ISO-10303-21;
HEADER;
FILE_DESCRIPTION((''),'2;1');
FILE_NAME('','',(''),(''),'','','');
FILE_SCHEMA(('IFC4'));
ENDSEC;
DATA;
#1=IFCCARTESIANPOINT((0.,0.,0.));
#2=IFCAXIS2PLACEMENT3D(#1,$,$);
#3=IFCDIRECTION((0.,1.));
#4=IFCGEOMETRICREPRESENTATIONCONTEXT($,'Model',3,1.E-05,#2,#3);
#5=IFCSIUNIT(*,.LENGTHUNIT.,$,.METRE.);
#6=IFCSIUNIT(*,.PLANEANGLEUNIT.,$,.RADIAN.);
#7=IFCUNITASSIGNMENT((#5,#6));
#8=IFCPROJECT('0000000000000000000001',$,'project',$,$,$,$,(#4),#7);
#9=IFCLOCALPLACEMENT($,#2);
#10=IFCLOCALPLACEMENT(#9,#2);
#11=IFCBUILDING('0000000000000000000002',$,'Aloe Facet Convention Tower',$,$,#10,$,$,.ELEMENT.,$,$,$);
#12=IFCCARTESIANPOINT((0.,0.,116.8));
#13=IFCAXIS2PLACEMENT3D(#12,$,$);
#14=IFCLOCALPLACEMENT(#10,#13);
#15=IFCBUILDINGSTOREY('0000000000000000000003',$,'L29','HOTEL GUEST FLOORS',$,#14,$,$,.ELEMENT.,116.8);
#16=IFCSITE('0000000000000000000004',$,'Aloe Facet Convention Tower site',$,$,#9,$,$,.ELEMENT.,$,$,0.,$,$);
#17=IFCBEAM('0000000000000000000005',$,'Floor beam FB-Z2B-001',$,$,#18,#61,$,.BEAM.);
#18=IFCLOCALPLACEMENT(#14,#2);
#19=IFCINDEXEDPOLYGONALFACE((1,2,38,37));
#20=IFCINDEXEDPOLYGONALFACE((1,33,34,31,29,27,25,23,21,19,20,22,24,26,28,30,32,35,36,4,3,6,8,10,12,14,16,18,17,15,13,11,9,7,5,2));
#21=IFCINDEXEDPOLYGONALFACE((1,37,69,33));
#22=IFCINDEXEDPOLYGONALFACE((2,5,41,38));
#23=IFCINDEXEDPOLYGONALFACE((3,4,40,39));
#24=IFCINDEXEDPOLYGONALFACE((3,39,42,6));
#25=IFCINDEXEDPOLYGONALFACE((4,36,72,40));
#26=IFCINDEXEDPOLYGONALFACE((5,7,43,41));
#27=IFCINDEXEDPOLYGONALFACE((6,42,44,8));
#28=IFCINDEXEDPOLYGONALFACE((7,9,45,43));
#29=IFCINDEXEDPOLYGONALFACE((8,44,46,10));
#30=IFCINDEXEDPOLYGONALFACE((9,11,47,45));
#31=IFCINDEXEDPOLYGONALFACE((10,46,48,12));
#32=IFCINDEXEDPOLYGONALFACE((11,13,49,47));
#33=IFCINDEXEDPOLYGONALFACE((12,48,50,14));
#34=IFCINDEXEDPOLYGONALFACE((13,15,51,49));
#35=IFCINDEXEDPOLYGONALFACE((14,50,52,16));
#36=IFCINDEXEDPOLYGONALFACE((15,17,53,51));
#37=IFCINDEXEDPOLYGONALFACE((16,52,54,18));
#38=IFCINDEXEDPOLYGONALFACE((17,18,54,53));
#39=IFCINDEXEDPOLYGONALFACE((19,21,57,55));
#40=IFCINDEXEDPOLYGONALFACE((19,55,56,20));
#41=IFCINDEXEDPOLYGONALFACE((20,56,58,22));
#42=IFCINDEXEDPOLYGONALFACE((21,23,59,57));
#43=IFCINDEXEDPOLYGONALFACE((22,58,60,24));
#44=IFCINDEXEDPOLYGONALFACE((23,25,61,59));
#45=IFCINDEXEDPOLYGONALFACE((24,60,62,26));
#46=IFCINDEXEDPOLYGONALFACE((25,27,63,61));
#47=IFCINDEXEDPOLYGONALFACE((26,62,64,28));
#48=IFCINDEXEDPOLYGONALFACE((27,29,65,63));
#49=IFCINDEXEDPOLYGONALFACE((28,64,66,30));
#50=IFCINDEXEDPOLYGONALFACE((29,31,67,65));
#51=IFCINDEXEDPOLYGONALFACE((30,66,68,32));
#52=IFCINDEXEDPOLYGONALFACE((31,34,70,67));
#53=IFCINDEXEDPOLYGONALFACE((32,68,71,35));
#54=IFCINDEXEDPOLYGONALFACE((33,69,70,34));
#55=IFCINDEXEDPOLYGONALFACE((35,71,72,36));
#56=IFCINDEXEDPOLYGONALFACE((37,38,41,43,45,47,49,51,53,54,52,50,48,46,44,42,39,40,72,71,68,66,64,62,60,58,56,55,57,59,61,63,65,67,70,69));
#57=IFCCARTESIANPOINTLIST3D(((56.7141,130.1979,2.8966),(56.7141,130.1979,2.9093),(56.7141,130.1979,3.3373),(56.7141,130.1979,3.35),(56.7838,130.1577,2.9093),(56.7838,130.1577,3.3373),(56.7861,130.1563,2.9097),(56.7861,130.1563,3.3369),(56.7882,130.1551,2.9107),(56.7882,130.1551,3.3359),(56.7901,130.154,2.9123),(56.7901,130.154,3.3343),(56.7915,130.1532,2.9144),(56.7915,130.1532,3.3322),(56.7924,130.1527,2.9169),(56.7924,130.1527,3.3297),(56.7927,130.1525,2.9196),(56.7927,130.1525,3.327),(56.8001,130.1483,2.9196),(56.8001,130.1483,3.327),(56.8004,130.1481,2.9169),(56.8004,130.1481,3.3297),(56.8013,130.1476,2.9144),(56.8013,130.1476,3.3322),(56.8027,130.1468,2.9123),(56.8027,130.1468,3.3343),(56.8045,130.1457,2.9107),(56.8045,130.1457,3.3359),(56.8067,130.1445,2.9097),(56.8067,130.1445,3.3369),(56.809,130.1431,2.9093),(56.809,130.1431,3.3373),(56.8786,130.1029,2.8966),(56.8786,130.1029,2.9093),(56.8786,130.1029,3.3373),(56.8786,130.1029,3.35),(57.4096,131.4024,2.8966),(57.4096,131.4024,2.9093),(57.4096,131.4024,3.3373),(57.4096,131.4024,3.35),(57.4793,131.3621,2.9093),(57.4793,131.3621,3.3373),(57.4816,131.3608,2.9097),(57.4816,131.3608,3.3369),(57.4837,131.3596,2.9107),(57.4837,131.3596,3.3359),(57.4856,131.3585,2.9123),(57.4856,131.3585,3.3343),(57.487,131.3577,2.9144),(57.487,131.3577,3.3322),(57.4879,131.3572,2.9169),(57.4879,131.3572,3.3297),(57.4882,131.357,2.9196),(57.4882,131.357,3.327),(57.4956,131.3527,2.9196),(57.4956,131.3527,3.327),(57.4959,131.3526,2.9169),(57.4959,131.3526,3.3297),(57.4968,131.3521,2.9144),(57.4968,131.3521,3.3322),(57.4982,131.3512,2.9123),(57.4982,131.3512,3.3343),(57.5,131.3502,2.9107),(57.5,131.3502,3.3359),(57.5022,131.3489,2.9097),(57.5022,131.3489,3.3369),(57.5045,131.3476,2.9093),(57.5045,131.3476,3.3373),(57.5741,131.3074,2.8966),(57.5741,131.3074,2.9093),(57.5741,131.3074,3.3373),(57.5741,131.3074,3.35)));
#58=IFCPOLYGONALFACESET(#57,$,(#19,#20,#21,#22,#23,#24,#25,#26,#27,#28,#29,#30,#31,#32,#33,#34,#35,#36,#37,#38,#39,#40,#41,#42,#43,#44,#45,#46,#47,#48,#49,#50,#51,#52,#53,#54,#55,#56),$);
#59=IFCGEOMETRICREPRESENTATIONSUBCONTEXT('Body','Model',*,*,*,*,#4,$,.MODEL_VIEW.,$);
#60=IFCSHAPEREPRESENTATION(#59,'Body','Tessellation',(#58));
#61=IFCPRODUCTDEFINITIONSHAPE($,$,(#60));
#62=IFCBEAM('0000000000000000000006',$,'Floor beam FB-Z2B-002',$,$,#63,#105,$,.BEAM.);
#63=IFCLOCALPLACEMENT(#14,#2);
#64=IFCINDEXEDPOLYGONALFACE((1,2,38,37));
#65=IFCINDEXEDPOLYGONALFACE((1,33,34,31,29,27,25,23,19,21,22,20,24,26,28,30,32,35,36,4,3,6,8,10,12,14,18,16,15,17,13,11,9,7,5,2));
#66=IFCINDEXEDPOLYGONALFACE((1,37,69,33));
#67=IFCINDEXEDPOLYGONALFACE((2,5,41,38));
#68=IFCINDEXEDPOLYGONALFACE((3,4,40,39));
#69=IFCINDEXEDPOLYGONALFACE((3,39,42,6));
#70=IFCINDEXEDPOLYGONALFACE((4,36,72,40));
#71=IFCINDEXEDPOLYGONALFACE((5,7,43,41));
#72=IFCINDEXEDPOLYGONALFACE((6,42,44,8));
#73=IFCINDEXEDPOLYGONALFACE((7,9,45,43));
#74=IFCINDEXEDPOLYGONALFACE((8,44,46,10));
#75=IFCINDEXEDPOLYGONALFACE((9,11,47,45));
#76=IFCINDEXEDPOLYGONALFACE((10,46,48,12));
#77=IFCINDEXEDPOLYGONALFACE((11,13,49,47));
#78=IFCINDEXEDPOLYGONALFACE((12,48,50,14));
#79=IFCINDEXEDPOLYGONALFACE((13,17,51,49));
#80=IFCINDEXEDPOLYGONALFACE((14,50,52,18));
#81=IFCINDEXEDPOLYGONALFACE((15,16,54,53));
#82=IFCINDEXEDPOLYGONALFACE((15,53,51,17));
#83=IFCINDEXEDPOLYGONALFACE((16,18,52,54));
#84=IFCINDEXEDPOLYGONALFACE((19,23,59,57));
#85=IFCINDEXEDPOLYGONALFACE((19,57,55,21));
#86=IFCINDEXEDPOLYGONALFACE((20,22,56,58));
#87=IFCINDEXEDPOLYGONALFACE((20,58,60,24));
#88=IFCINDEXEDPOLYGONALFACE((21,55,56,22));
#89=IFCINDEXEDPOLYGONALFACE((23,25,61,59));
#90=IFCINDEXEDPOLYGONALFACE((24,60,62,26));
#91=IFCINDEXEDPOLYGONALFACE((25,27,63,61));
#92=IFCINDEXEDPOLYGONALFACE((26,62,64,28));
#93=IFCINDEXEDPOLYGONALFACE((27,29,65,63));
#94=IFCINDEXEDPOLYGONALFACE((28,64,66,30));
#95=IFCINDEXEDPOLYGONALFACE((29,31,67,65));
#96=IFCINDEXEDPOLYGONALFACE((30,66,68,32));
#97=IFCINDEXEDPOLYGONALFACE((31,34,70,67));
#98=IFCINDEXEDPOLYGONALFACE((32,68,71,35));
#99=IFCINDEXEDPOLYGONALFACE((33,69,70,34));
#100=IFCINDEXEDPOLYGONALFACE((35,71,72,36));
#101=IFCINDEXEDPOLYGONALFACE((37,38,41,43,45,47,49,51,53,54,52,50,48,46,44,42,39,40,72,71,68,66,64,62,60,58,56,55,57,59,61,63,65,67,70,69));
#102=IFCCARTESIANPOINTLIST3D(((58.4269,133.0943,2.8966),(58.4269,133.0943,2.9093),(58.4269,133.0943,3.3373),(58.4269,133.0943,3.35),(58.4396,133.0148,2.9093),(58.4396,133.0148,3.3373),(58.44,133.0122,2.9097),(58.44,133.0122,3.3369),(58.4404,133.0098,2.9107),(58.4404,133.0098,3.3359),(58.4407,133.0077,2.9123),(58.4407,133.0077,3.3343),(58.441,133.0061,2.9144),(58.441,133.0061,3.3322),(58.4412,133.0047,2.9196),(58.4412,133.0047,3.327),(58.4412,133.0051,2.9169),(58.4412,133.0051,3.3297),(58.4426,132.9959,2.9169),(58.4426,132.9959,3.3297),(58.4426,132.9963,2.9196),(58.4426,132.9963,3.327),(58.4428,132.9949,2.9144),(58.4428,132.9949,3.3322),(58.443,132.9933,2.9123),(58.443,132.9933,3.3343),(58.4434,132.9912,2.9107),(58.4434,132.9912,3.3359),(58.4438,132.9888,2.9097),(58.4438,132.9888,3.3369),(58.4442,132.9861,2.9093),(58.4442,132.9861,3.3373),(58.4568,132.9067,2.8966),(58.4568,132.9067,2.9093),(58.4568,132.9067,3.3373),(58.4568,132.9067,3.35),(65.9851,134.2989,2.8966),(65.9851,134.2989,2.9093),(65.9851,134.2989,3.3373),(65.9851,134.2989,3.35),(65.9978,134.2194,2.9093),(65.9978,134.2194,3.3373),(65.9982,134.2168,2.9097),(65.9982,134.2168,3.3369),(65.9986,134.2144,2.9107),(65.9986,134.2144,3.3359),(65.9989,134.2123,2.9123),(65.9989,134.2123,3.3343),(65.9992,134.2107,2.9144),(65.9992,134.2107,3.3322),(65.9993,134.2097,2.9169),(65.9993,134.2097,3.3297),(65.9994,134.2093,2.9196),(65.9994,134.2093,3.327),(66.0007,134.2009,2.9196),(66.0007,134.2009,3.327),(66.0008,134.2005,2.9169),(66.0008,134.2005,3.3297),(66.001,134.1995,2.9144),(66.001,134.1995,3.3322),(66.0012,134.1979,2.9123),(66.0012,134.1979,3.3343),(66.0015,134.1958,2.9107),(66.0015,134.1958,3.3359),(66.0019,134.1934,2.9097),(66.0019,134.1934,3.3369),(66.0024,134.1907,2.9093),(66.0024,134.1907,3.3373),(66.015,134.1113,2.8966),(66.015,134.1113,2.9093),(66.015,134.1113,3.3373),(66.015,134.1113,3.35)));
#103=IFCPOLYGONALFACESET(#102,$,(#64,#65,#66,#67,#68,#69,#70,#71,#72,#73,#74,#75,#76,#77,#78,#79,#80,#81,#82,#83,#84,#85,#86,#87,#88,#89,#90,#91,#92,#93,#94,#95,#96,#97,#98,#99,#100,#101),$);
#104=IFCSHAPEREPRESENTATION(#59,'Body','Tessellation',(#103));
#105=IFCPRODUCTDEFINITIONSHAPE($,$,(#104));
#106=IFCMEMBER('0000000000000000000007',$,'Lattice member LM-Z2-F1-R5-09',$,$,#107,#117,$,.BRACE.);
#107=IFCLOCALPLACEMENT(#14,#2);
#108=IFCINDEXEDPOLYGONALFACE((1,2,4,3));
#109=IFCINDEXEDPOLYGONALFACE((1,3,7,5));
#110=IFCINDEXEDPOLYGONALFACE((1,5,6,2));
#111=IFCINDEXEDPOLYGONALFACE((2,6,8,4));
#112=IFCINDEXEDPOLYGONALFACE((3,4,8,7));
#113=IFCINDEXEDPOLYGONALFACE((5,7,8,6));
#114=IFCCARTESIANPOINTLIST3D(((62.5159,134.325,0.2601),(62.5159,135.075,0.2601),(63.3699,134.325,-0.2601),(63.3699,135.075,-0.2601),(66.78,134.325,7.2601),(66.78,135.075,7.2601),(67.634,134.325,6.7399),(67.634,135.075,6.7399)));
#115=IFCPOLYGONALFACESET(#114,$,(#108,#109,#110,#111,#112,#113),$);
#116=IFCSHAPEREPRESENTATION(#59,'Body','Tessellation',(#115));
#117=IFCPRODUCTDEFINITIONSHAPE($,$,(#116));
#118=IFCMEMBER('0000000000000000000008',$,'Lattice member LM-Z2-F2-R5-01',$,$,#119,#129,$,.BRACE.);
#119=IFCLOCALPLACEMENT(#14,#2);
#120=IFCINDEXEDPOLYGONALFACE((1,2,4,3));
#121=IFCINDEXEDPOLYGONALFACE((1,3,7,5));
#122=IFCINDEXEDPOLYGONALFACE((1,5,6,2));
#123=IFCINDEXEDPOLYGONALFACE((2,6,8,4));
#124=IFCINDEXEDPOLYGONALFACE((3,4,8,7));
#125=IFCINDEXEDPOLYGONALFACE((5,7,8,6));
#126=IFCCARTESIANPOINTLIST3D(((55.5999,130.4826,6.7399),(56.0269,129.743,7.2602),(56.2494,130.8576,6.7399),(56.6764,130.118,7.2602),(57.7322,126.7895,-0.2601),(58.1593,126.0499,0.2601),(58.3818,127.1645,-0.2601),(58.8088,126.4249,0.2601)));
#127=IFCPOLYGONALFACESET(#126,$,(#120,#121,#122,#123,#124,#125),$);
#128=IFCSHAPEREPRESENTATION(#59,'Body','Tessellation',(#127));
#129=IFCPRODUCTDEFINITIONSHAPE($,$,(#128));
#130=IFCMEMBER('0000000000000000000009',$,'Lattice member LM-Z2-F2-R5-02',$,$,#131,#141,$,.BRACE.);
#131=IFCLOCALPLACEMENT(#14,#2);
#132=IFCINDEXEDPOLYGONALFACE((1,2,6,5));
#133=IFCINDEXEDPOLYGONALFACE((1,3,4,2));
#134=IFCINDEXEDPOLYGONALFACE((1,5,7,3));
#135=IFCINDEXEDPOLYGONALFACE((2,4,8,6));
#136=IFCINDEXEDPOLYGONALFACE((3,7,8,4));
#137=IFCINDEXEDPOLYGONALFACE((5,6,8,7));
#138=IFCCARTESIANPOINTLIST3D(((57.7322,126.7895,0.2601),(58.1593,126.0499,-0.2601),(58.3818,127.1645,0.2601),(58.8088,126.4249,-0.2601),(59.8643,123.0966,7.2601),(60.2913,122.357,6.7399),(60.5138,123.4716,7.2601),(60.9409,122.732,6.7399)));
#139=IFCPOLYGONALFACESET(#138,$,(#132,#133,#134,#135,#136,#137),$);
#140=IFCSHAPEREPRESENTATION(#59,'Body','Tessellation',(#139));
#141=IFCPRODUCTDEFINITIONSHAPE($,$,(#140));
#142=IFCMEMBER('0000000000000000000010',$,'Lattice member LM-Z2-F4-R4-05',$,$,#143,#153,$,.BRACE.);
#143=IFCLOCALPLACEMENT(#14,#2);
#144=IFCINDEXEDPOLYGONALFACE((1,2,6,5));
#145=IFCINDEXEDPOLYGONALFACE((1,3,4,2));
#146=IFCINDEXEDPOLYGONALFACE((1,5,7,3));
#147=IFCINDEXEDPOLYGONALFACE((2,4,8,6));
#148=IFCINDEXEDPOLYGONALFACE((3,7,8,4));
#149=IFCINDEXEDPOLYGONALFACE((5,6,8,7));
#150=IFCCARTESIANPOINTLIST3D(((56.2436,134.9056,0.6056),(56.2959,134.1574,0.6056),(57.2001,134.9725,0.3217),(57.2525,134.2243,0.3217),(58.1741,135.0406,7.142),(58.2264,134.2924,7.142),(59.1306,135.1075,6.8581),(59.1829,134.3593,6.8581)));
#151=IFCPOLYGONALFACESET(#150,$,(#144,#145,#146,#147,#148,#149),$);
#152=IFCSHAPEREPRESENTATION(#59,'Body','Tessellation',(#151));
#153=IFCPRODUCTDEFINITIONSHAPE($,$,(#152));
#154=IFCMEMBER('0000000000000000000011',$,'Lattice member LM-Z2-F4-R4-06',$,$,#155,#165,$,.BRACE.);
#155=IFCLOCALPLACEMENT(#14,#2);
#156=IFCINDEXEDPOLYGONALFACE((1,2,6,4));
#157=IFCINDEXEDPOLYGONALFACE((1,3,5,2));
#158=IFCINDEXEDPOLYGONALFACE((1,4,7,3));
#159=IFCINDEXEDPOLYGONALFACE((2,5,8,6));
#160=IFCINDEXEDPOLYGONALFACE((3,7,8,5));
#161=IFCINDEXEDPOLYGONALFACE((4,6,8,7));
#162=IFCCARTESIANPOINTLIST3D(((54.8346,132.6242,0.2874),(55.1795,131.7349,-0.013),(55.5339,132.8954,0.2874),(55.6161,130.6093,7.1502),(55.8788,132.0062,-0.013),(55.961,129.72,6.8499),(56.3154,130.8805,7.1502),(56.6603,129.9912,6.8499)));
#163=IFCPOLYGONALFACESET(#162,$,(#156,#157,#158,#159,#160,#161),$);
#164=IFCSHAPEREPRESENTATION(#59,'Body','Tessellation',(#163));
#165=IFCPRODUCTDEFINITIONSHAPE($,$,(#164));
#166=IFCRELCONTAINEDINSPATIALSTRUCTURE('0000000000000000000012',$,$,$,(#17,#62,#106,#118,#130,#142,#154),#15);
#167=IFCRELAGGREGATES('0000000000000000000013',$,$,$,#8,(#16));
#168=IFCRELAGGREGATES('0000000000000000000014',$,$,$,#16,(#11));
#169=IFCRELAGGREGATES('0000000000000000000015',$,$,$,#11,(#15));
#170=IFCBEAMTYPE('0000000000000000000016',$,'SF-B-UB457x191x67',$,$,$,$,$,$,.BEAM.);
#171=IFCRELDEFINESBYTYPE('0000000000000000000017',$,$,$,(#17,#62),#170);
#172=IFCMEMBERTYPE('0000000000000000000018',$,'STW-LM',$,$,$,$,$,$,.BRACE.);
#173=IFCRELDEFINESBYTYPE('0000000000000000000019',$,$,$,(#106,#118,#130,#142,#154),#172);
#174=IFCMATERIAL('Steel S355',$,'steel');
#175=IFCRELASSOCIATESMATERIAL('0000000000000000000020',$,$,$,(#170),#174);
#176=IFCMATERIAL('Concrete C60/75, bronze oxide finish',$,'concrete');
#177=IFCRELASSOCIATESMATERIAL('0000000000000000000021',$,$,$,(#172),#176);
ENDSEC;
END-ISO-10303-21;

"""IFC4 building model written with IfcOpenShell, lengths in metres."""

from ifc_helpers import new_model, si_unit, direction, frame, origin, origin_2d, place, context, subcontext, project, spatial, rectangle, i_section, extrude, material, material_profile, profile_set, type_object, element, save


model = new_model("IFC4")

# Units and contexts
model_context = context("Model", 3, precision=1e-05, world=origin(), true_north=direction((0.0, 1.0)))
body_context = subcontext(model_context, "Body", "Model", "MODEL_VIEW")
ifc_project = project(units=[si_unit("LENGTHUNIT", "METRE"), si_unit("PLANEANGLEUNIT", "RADIAN")], contexts=[model_context])

# Site, building, storey
site_placement = place(None, origin())
site = spatial("IfcSite", under=ifc_project, at=site_placement, Name="Aloe Facet Convention Tower site", CompositionType="ELEMENT", RefElevation=0.0)
building_placement = place(site_placement, origin())
building = spatial("IfcBuilding", under=site, at=building_placement, Name="Aloe Facet Convention Tower", CompositionType="ELEMENT")
storey_placement = place(building_placement, frame((0.0, 0.0, 116.8)))
storey = spatial("IfcBuildingStorey", under=building, at=storey_placement, Name="L29", Description="HOTEL GUEST FLOORS", CompositionType="ELEMENT", Elevation=116.8)

# Beams
ifc_material_1 = material(Name="Steel S355", Category="steel")
ifc_material_profile_1 = material_profile(ifc_material_1, i_section(OverallWidth=0.1899, OverallDepth=0.4534, WebThickness=0.0085, FlangeThickness=0.0127, FilletRadius=0.0103, at=origin_2d()), Name="UB 457x191x67")
ifc_profile_set_1 = profile_set([ifc_material_profile_1], Name="Steel S355")
beam_type_1 = type_object("IfcBeamType", Name="SF-B-UB457x191x67", PredefinedType="BEAM", material=ifc_profile_set_1)
beam_1_placement = place(storey_placement, frame((56.7964, 130.1504, 3.1233), z_axis=(0.500047, 0.865999, 0.0), x_axis=(-0.865999, 0.500047, 0.0)))
element("IfcBeam", 1, at=beam_1_placement, inside=storey, type_object=beam_type_1, Name="Floor beam FB-Z2B-001", PredefinedType="BEAM", context=body_context, shape_type="SweptSolid", body=[
    extrude(i_section(OverallWidth=0.1899, OverallDepth=0.4534, WebThickness=0.0085, FlangeThickness=0.0127, FilletRadius=0.0103, at=origin_2d()), origin(), (0.0, 0.0, 1.0), 1.3909),
])
beam_2_placement = place(storey_placement, frame((58.4419, 133.0005, 3.1233), z_axis=(0.987536, 0.157391, 0.0), x_axis=(-0.157391, 0.987536, 0.0)))
element("IfcBeam", 2, at=beam_2_placement, inside=storey, type_object=beam_type_1, Name="Floor beam FB-Z2B-002", PredefinedType="BEAM", context=body_context, shape_type="SweptSolid", body=[
    extrude(i_section(OverallWidth=0.1899, OverallDepth=0.4534, WebThickness=0.0085, FlangeThickness=0.0127, FilletRadius=0.0103, at=origin_2d()), origin(), (0.0, 0.0, 1.0), 7.6536),
])

# Members
ifc_material_2 = material(Name="Concrete C60/75, bronze oxide finish", Category="concrete")
ifc_material_profile_2 = material_profile(ifc_material_2, rectangle(XDim=0.75, YDim=1.0, at=origin_2d()), Name="STW-LM")
ifc_profile_set_2 = profile_set([ifc_material_profile_2], Name="Concrete C60/75, bronze oxide finish")
member_type = type_object("IfcMemberType", Name="STW-LM", PredefinedType="BRACE", material=ifc_profile_set_2)
member_1_placement = place(storey_placement, frame((62.9429, 134.7, 0.0), z_axis=(0.52024, 0.0, 0.85402), x_axis=(0.0, 1.0, 0.0)))
element("IfcMember", 3, at=member_1_placement, inside=storey, type_object=member_type, Name="Lattice member LM-Z2-F1-R5-09", PredefinedType="BRACE", context=body_context, shape_type="SweptSolid", body=[
    extrude(rectangle(XDim=0.75, YDim=1.0, at=origin_2d()), origin(), (0.0, 0.0, 1.0), 8.1965),
])
member_2_placement = place(storey_placement, frame((58.2705, 126.6072, 0.0), z_axis=(-0.260144, 0.450561, 0.854002), x_axis=(-0.866015, -0.500018, 0.0)))
element("IfcMember", 4, at=member_2_placement, inside=storey, type_object=member_type, Name="Lattice member LM-Z2-F2-R5-01", PredefinedType="BRACE", context=body_context, shape_type="SweptSolid", body=[
    extrude(rectangle(XDim=0.75, YDim=1.0, at=origin_2d()), origin(), (0.0, 0.0, 1.0), 8.1968),
])
member_3_placement = place(storey_placement, frame((58.2705, 126.6072, 0.0), z_axis=(0.26012, -0.450541, 0.85402), x_axis=(0.866025, 0.5, 0.0)))
element("IfcMember", 5, at=member_3_placement, inside=storey, type_object=member_type, Name="Lattice member LM-Z2-F2-R5-02", PredefinedType="BRACE", context=body_context, shape_type="SweptSolid", body=[
    extrude(rectangle(XDim=0.75, YDim=1.0, at=origin_2d()), origin(), (0.0, 0.0, 1.0), 8.1965),
])
member_4_placement = place(storey_placement, frame((56.748, 134.5649, 0.4636), z_axis=(0.283185, 0.019805, 0.958861), x_axis=(-0.069768, 0.997563, 0.0)))
element("IfcMember", 6, at=member_4_placement, inside=storey, type_object=member_type, Name="Lattice member LM-Z2-F4-R4-05", PredefinedType="BRACE", context=body_context, shape_type="SweptSolid", body=[
    extrude(rectangle(XDim=0.75, YDim=1.0, at=origin_2d()), origin(), (0.0, 0.0, 1.0), 6.8169),
])
member_5_placement = place(storey_placement, frame((55.3567, 132.3152, 0.1372), z_axis=(0.108616, -0.28004, 0.953824), x_axis=(0.932329, 0.361612, 0.0)))
element("IfcMember", 7, at=member_5_placement, inside=storey, type_object=member_type, Name="Lattice member LM-Z2-F4-R4-06", PredefinedType="BRACE", context=body_context, shape_type="SweptSolid", body=[
    extrude(rectangle(XDim=0.75, YDim=1.0, at=origin_2d()), origin(), (0.0, 0.0, 1.0), 7.1951),
])

save(model, "model.ifc")
